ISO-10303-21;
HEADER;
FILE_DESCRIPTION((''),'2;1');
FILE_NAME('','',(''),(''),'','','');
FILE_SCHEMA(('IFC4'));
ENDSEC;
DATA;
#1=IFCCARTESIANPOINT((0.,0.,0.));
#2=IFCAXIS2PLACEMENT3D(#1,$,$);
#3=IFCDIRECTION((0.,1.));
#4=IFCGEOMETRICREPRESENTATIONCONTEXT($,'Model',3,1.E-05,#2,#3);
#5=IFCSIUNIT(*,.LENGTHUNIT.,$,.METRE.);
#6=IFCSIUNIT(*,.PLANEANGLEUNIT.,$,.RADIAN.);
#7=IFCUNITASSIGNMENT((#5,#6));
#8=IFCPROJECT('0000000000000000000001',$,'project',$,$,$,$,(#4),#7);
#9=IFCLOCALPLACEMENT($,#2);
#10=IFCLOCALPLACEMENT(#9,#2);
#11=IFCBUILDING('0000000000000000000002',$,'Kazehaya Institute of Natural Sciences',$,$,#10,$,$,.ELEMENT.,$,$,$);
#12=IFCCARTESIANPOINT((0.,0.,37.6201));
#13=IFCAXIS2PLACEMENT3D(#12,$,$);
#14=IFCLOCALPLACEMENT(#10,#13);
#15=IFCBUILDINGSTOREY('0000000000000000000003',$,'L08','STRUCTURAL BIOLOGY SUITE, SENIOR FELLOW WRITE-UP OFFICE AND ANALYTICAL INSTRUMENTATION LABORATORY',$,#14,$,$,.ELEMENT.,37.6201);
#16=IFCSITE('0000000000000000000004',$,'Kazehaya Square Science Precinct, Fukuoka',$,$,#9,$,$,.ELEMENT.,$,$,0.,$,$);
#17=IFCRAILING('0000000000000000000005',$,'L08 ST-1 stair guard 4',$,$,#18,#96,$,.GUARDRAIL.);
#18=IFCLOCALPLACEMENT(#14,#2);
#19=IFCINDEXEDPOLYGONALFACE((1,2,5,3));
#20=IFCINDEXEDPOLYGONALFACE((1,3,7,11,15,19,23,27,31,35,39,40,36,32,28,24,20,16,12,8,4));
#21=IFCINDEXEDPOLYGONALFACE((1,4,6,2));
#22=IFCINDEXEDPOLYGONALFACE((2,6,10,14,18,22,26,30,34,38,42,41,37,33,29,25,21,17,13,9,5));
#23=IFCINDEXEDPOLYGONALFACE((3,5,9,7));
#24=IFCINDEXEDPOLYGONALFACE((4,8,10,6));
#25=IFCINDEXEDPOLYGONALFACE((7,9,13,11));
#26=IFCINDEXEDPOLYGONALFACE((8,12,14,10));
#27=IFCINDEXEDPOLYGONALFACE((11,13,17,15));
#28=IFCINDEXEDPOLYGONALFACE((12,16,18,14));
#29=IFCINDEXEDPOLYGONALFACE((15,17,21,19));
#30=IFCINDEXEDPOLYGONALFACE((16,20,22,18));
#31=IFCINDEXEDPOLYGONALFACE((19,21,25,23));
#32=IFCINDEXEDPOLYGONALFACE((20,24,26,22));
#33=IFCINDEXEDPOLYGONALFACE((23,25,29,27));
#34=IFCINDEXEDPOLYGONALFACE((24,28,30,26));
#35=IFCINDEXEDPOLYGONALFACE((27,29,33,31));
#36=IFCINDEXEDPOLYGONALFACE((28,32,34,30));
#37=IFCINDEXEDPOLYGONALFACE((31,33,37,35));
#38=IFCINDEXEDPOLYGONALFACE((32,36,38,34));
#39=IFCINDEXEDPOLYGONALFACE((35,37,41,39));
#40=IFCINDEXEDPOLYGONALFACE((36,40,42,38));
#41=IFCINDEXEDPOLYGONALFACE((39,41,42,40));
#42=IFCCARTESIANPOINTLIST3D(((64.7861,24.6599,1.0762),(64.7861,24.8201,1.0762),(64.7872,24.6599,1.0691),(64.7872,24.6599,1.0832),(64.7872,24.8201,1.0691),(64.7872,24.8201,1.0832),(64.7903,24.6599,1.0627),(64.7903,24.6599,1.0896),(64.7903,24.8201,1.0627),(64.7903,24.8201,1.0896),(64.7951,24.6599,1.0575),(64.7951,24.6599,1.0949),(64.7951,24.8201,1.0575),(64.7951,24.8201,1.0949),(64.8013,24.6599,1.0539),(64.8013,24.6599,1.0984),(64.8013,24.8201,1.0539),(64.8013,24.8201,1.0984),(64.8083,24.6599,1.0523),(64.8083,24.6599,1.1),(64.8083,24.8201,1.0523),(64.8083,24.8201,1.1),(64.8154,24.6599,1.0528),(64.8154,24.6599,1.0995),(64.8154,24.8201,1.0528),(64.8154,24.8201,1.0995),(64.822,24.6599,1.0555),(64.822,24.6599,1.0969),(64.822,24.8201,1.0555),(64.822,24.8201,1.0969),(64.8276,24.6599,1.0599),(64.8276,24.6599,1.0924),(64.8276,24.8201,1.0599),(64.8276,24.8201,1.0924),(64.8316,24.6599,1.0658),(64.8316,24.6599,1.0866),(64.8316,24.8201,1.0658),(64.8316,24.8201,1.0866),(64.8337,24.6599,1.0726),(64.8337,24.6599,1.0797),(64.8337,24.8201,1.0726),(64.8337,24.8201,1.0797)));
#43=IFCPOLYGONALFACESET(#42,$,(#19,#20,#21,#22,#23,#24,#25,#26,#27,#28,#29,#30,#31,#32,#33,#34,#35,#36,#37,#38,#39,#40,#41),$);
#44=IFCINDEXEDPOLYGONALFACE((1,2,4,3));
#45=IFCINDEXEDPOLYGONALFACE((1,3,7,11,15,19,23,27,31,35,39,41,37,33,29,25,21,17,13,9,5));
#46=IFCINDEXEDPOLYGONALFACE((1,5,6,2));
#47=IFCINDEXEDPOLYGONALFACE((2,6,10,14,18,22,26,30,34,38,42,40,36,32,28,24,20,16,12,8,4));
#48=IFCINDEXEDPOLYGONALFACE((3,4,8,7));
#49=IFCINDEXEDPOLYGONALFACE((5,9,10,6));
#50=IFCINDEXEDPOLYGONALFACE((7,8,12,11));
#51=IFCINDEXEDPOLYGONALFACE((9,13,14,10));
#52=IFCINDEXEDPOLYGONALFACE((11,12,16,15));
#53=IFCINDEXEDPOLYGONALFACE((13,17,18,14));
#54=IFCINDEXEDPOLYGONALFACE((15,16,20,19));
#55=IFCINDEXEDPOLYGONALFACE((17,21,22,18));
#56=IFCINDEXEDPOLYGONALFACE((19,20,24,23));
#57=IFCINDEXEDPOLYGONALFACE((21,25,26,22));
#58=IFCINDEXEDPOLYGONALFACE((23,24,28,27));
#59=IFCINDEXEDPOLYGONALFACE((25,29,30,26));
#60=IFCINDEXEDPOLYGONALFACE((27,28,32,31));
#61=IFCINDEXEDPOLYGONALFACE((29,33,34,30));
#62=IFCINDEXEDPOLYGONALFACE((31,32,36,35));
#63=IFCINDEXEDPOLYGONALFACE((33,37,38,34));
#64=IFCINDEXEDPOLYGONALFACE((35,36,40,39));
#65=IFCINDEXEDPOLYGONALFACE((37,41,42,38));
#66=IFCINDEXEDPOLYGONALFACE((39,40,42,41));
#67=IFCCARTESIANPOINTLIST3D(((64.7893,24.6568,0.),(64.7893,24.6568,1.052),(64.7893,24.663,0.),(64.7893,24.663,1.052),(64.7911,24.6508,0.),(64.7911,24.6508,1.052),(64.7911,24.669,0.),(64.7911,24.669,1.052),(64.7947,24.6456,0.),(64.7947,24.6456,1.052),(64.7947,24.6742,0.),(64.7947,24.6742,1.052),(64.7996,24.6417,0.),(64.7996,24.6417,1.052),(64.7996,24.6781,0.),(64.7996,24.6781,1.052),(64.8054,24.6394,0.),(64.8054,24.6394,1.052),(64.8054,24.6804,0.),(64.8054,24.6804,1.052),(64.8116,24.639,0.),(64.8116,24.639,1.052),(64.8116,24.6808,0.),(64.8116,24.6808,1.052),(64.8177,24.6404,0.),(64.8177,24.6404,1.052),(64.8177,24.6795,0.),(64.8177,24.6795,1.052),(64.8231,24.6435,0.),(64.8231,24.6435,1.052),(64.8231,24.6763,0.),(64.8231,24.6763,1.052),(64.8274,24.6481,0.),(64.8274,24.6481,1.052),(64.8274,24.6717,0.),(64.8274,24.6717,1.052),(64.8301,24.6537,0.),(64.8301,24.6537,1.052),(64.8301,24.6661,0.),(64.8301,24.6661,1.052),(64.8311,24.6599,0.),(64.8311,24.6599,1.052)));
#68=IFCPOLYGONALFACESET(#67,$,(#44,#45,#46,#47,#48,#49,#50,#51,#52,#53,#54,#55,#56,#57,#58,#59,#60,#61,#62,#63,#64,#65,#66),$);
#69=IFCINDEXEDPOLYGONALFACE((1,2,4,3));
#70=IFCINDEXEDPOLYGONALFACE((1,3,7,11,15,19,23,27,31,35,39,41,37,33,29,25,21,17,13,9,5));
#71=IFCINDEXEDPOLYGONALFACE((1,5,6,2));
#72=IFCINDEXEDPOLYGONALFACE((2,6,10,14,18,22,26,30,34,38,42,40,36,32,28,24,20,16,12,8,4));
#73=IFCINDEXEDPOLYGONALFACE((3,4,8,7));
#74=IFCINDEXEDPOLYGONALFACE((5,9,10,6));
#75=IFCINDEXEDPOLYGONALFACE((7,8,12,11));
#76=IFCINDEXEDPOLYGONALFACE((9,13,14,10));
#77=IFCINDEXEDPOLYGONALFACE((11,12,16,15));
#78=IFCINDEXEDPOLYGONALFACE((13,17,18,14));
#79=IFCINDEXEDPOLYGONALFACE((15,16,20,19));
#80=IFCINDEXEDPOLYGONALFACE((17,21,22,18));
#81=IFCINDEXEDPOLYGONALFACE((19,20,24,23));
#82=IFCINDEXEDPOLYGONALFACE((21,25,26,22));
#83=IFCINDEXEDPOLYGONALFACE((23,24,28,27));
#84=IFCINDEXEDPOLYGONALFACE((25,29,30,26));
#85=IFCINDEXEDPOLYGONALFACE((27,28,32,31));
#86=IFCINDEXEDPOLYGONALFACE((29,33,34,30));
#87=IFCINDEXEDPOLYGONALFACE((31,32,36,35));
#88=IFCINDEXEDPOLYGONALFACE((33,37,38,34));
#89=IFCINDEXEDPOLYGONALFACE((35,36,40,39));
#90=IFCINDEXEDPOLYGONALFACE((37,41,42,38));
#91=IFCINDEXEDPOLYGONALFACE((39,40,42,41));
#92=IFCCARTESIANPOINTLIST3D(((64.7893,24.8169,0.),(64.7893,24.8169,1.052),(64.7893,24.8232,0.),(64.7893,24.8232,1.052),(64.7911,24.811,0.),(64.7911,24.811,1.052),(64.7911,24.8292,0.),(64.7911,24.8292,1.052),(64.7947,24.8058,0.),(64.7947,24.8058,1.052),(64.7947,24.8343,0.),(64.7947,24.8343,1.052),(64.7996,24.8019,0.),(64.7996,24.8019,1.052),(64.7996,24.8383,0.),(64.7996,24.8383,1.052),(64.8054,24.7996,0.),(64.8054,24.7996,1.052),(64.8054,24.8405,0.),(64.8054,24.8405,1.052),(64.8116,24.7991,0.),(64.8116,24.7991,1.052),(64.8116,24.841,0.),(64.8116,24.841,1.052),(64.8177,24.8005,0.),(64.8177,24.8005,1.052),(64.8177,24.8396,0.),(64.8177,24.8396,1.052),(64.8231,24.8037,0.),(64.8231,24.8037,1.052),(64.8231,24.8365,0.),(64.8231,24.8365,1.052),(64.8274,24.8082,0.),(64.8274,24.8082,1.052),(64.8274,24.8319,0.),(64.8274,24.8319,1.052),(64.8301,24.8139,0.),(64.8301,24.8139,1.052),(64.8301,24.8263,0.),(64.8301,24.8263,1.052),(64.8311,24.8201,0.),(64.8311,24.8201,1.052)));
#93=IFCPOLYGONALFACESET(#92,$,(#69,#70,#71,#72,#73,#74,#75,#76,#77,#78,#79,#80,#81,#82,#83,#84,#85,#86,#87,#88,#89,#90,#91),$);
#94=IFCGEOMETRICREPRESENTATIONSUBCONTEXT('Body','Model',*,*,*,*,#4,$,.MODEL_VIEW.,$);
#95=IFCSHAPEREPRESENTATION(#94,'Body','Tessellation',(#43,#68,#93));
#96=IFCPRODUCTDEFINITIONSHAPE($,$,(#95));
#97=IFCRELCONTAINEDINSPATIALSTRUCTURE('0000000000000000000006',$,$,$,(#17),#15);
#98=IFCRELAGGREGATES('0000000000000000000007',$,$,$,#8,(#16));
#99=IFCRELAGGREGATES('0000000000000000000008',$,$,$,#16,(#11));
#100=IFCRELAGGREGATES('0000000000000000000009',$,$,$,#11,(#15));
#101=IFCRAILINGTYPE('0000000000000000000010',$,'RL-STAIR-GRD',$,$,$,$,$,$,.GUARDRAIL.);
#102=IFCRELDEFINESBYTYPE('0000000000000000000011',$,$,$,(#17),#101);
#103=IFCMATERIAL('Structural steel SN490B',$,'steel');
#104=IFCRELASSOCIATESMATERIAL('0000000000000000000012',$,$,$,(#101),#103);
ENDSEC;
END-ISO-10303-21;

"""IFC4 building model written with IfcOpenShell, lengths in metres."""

from ifc_helpers import new_model, si_unit, direction, frame, origin, origin_2d, place, context, subcontext, project, spatial, circle, extrude, material, type_object, element, save


model = new_model("IFC4")

# Units and contexts
model_context = context("Model", 3, precision=1e-05, world=origin(), true_north=direction((0.0, 1.0)))
body_context = subcontext(model_context, "Body", "Model", "MODEL_VIEW")
ifc_project = project(units=[si_unit("LENGTHUNIT", "METRE"), si_unit("PLANEANGLEUNIT", "RADIAN")], contexts=[model_context])

# Site, building, storey
site_placement = place(None, origin())
site = spatial("IfcSite", under=ifc_project, at=site_placement, Name="Kazehaya Square Science Precinct, Fukuoka", CompositionType="ELEMENT", RefElevation=0.0)
building_placement = place(site_placement, origin())
building = spatial("IfcBuilding", under=site, at=building_placement, Name="Kazehaya Institute of Natural Sciences", CompositionType="ELEMENT")
storey_placement = place(building_placement, frame((0.0, 0.0, 37.6201)))
storey = spatial("IfcBuildingStorey", under=building, at=storey_placement, Name="L08", Description="STRUCTURAL BIOLOGY SUITE, SENIOR FELLOW WRITE-UP OFFICE AND ANALYTICAL INSTRUMENTATION LABORATORY", CompositionType="ELEMENT", Elevation=37.6201)

# Railing
ifc_material_1 = material(Name="Structural steel SN490B", Category="steel")
railing_type_1 = type_object("IfcRailingType", Name="RL-STAIR-GRD", PredefinedType="GUARDRAIL", material=ifc_material_1)
railing_1_placement = place(storey_placement, frame((64.8101, 24.6599, 0.0)))
element("IfcRailing", 1, at=railing_1_placement, inside=storey, type_object=railing_type_1, Name="L08 ST-1 stair guard 4", PredefinedType="GUARDRAIL", context=body_context, shape_type="SweptSolid", body=[
    extrude(circle(Radius=0.0239, at=origin_2d()), frame((0.0, 0.0, 1.0762), z_axis=(0.0, 1.0, 0.0), x_axis=(-1.0, 0.0, 0.0)), (0.0, 0.0, 1.0), 0.1602),
    extrude(circle(Radius=0.021, at=origin_2d()), origin(), (0.0, 0.0, 1.0), 1.052),
    extrude(circle(Radius=0.021, at=origin_2d()), frame((0.0, 0.1602, 0.0)), (0.0, 0.0, 1.0), 1.052),
])

save(model, "model.ifc")
